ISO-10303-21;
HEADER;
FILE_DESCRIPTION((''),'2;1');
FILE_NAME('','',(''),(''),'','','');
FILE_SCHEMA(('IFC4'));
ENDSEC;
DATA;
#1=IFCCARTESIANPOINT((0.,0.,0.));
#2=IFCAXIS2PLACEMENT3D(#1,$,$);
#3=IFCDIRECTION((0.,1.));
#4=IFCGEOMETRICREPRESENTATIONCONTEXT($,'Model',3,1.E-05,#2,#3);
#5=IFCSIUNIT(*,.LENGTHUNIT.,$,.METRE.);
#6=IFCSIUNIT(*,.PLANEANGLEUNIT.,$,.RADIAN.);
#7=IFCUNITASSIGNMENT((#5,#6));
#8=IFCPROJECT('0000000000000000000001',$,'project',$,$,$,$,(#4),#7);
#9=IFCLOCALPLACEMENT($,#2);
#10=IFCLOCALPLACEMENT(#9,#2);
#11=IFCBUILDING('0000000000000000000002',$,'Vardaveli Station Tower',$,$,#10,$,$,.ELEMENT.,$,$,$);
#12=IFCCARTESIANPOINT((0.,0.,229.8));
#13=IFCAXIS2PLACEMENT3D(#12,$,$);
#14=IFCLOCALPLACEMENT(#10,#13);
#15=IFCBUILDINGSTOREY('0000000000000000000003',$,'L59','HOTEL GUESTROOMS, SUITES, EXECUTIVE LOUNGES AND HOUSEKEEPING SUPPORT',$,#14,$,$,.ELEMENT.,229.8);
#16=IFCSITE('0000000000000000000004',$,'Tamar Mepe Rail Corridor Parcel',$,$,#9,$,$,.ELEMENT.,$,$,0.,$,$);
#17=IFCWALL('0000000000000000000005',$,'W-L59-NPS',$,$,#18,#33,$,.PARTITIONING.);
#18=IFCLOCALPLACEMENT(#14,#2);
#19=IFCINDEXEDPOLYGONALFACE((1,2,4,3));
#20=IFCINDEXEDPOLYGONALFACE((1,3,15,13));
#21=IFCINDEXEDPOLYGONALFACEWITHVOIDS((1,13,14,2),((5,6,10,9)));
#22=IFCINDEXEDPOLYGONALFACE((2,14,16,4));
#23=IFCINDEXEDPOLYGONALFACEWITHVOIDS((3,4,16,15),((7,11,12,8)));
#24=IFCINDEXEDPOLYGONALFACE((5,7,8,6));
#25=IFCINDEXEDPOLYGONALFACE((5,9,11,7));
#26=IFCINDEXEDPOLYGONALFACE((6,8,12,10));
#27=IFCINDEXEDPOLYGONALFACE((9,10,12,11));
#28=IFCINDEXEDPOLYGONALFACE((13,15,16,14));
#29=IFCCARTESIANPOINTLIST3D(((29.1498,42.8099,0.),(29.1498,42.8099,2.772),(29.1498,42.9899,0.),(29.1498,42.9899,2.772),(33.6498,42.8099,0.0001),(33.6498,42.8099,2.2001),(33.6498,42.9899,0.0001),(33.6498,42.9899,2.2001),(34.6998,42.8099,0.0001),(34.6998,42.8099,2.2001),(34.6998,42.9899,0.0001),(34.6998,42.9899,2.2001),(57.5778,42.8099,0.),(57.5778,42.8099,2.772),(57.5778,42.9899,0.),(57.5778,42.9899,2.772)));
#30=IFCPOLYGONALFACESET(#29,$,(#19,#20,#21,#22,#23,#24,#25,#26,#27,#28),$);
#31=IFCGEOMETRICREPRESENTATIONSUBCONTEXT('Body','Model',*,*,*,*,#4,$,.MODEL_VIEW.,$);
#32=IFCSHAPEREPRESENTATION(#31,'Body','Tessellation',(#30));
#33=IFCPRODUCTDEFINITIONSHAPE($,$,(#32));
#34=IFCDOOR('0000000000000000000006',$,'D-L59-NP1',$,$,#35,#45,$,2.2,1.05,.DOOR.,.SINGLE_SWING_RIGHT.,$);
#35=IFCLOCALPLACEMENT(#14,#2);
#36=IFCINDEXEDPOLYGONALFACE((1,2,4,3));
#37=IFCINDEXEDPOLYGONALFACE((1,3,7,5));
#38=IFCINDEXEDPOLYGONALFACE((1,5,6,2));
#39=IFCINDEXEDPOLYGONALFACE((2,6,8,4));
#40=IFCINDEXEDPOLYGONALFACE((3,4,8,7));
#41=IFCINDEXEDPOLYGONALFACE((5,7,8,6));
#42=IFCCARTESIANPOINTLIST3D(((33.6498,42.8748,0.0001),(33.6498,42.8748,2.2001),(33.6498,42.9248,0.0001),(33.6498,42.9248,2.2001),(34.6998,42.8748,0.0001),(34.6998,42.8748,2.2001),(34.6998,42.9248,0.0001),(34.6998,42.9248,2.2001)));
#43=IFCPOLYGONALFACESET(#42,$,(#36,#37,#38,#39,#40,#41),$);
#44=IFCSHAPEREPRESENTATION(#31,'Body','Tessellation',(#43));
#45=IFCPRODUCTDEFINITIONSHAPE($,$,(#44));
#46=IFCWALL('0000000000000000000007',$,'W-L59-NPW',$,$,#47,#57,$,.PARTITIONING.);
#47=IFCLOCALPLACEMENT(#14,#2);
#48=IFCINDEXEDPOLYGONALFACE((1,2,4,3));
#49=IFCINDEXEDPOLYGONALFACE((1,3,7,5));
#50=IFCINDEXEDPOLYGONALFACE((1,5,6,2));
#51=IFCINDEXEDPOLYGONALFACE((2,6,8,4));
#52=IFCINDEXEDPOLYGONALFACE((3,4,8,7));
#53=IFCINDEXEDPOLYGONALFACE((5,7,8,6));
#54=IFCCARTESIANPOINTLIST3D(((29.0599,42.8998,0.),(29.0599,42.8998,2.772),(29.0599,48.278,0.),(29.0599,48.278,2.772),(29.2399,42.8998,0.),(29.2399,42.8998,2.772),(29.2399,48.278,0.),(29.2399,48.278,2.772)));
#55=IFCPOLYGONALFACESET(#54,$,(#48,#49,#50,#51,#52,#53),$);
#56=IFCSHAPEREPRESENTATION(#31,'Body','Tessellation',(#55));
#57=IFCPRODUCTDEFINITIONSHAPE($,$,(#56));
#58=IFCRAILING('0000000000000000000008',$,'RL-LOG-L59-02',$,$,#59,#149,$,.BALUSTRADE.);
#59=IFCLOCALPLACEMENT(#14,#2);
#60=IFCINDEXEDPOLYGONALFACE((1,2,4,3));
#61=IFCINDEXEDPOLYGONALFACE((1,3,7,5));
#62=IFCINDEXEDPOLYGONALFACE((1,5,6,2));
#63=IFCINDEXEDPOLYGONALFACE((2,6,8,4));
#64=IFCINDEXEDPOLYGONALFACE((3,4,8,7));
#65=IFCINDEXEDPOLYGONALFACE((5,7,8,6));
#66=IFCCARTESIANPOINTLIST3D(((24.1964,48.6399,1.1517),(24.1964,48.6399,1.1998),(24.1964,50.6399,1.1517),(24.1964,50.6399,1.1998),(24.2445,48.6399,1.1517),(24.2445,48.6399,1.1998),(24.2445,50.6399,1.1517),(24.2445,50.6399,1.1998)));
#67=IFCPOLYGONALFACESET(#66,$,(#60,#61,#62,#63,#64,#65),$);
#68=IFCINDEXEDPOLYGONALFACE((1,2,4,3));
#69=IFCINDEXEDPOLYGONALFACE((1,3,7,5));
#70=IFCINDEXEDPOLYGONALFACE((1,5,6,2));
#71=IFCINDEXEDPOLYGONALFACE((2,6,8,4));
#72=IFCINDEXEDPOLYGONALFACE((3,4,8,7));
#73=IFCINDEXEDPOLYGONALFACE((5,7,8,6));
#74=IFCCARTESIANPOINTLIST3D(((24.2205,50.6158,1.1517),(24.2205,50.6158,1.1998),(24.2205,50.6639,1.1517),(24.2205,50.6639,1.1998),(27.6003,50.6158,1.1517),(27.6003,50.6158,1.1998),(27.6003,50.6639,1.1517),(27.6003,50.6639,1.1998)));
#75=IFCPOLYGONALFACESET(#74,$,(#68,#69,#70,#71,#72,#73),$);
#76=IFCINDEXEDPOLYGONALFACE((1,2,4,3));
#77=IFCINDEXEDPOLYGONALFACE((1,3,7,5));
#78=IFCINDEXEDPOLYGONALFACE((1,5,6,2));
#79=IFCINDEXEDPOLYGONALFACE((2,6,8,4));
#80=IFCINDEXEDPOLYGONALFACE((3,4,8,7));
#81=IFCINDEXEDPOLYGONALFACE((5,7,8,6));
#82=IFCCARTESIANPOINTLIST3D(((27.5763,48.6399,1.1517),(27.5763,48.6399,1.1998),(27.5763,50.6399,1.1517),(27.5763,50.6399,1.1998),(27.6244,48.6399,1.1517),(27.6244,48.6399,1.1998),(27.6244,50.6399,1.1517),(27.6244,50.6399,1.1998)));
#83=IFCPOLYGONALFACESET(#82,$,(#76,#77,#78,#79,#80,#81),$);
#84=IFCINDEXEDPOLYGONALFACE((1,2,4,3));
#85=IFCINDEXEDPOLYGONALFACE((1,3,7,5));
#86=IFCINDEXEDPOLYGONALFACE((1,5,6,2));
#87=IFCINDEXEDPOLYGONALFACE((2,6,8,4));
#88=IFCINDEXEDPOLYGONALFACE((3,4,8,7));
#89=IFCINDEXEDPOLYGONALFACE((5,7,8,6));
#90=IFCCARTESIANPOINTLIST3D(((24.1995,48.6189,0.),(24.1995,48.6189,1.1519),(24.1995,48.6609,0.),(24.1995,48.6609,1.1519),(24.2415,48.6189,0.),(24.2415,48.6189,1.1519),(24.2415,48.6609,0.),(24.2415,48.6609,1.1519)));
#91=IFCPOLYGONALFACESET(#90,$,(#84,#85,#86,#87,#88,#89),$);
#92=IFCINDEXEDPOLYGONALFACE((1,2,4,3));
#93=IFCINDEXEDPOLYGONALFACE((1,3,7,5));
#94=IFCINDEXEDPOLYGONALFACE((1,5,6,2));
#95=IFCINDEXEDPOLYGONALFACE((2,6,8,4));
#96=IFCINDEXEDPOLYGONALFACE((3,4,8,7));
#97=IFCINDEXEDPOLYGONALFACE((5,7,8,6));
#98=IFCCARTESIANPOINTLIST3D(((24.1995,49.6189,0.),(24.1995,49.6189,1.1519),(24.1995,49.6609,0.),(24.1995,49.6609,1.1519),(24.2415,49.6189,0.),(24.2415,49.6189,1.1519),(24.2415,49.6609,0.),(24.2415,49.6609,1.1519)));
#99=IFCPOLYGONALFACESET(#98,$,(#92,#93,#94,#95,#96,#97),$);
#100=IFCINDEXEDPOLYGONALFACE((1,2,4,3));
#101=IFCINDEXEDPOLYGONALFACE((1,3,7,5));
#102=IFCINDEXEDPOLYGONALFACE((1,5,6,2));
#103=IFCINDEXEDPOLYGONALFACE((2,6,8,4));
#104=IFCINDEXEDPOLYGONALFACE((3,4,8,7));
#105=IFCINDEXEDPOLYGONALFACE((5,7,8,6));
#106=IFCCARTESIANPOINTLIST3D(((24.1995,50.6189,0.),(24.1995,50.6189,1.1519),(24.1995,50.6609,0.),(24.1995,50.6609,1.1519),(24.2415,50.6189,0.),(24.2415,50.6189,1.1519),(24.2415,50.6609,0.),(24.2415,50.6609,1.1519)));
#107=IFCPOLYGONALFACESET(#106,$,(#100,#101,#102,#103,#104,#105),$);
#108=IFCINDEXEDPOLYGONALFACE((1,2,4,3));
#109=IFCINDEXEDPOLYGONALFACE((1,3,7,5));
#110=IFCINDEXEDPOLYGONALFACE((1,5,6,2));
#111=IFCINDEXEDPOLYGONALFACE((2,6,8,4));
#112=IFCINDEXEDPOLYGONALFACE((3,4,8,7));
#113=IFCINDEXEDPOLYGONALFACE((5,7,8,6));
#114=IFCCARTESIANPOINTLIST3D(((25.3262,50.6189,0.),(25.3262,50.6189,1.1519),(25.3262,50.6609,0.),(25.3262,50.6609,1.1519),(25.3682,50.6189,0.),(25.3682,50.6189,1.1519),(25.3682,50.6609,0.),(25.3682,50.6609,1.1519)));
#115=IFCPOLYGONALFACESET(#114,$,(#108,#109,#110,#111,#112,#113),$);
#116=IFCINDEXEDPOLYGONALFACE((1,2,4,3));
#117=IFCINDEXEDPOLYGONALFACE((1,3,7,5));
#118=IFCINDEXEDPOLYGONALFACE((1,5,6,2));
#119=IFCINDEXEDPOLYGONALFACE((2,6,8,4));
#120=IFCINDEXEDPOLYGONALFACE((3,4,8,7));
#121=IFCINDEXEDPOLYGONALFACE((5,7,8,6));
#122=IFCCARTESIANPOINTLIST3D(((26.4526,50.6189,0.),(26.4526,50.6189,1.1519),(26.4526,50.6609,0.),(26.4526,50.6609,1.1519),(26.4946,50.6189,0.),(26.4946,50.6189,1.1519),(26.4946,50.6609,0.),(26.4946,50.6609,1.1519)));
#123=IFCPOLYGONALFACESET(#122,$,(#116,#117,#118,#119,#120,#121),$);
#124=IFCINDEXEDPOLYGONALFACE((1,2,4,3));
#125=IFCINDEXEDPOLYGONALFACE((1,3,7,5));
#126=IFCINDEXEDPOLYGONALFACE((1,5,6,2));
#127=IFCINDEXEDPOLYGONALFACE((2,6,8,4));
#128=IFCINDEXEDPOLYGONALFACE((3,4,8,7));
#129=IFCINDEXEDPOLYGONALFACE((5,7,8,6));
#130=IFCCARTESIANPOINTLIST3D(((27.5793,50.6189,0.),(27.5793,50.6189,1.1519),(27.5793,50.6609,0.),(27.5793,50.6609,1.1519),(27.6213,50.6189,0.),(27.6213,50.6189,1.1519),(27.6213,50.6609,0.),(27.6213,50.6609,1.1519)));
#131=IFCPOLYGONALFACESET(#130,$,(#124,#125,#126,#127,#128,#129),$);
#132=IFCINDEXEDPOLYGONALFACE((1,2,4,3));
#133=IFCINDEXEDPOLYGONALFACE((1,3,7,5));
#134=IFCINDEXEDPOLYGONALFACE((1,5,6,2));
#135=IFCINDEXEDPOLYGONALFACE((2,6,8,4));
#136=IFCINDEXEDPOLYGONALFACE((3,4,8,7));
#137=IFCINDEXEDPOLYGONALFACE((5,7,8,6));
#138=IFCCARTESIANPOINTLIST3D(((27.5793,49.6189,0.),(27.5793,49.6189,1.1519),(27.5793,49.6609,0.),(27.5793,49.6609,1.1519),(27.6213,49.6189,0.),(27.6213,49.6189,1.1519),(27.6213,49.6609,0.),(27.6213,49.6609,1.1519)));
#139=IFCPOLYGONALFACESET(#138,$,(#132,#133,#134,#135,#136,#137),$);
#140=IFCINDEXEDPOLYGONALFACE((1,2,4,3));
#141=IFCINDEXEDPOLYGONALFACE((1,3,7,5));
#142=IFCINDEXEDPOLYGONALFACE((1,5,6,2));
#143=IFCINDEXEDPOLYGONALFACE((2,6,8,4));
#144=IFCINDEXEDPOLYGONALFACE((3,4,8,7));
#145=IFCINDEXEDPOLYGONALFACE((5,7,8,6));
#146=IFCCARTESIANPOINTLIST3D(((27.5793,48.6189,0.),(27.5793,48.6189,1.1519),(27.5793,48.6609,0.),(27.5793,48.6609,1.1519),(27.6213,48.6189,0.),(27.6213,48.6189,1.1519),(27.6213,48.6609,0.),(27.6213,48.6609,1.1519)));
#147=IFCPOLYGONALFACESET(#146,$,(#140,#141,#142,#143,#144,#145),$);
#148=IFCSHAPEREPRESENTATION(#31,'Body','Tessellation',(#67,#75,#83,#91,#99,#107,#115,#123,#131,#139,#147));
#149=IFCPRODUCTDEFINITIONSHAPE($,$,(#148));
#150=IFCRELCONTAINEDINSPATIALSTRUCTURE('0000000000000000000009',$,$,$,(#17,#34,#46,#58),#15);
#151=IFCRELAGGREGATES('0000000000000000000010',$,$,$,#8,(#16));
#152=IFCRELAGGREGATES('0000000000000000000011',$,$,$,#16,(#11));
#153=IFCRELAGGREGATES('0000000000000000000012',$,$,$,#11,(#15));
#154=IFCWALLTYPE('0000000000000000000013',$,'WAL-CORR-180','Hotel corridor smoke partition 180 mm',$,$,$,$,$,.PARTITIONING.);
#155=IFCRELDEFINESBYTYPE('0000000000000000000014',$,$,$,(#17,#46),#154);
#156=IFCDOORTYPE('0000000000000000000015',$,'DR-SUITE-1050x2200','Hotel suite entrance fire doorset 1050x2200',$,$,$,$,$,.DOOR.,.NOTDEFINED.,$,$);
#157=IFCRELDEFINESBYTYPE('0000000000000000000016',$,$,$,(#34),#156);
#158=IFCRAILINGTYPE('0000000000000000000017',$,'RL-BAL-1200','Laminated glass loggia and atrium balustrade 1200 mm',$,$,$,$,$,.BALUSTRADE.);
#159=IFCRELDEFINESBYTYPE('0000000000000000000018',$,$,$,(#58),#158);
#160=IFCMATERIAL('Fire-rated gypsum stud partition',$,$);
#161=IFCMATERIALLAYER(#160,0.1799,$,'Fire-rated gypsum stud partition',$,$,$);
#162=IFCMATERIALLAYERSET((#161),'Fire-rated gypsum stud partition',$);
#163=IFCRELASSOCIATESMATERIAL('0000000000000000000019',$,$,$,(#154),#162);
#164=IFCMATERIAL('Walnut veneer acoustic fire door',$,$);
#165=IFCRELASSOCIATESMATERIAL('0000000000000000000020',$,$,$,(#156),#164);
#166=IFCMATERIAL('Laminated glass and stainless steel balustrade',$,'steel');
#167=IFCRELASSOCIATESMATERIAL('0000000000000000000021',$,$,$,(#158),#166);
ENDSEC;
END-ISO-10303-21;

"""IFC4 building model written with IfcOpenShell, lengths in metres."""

from ifc_helpers import new_model, si_unit, direction, frame, frame_2d, origin, origin_2d, place, context, subcontext, project, spatial, rectangle, extrude, source, transform, mapped, material, layer, layer_set, type_object, element, fill, save


model = new_model("IFC4")

# Units and contexts
model_context = context("Model", 3, precision=1e-05, world=origin(), true_north=direction((0.0, 1.0)))
body_context = subcontext(model_context, "Body", "Model", "MODEL_VIEW")
ifc_project = project(units=[si_unit("LENGTHUNIT", "METRE"), si_unit("PLANEANGLEUNIT", "RADIAN")], contexts=[model_context])

# Site, building, storey
site_placement = place(None, origin())
site = spatial("IfcSite", under=ifc_project, at=site_placement, Name="Tamar Mepe Rail Corridor Parcel", CompositionType="ELEMENT", RefElevation=0.0)
building_placement = place(site_placement, origin())
building = spatial("IfcBuilding", under=site, at=building_placement, Name="Vardaveli Station Tower", CompositionType="ELEMENT")
storey_placement = place(building_placement, frame((0.0, 0.0, 229.8)))
storey = spatial("IfcBuildingStorey", under=building, at=storey_placement, Name="L59", Description="HOTEL GUESTROOMS, SUITES, EXECUTIVE LOUNGES AND HOUSEKEEPING SUPPORT", CompositionType="ELEMENT", Elevation=229.8)

# Wall, opening, door
ifc_material_1 = material(Name="Fire-rated gypsum stud partition")
ifc_layer_1 = layer(ifc_material_1, 0.1799, Name="Fire-rated gypsum stud partition")
ifc_layer_set_1 = layer_set([ifc_layer_1], Name="Fire-rated gypsum stud partition")
wall_type_1 = type_object("IfcWallType", Name="WAL-CORR-180", Description="Hotel corridor smoke partition 180 mm", PredefinedType="PARTITIONING", material=ifc_layer_set_1)
shared_shape_1 = source(origin(), body_context, "Body", "SweptSolid", [
    extrude(rectangle(XDim=28.428, YDim=0.1799, at=frame_2d((14.2139, 0.0))), origin(), (0.0, 0.0, 1.0), 2.772),
])
wall_1_placement = place(storey_placement, frame((29.1499, 42.8999, 0.0), z_axis=(0.0, 0.0, 1.0), x_axis=(1.0, 0.0, 0.0)))
wall_1 = element("IfcWall", 1, at=wall_1_placement, inside=storey, type_object=wall_type_1, Name="W-L59-NPS", PredefinedType="PARTITIONING", context=body_context, shape_type="MappedRepresentation", body=[
    mapped(shared_shape_1, transform((0.0, 0.0, 0.0), scale=1.0)),
])
shared_shape_2 = source(origin(), body_context, "Body", "SweptSolid", [
    extrude(rectangle(XDim=1.05, YDim=2.2, at=frame_2d((0.5249, 1.1001))), frame((0.0, 0.1001, 0.0), z_axis=(0.0, -1.0, 0.0), x_axis=(1.0, 0.0, 0.0)), (0.0, 0.0, 1.0), 0.2),
])
opening_1_placement = place(wall_1_placement, frame((4.5, 0.0, 0.0)))
opening_1 = element("IfcOpeningElement", 2, at=opening_1_placement, cuts=wall_1, PredefinedType="OPENING", context=body_context, shape_type="MappedRepresentation", body=[
    mapped(shared_shape_2, transform((0.0, 0.0, 0.0), scale=1.0)),
])
ifc_material_2 = material(Name="Walnut veneer acoustic fire door")
door_type = type_object("IfcDoorType", Name="DR-SUITE-1050x2200", Description="Hotel suite entrance fire doorset 1050x2200", OperationType="NOTDEFINED", PredefinedType="DOOR", material=ifc_material_2)
shared_shape_3 = source(origin(), body_context, "Body", "SweptSolid", [
    extrude(rectangle(XDim=1.05, YDim=2.2, at=frame_2d((0.5249, 1.1001))), frame((0.0, 0.0249, 0.0), z_axis=(0.0, -1.0, 0.0), x_axis=(1.0, 0.0, 0.0)), (0.0, 0.0, 1.0), 0.05),
])
door_placement = place(opening_1_placement, origin())
door = element("IfcDoor", 3, at=door_placement, inside=storey, type_object=door_type, Name="D-L59-NP1", OperationType="SINGLE_SWING_RIGHT", OverallHeight=2.2, OverallWidth=1.05, PredefinedType="DOOR", context=body_context, shape_type="MappedRepresentation", body=[
    mapped(shared_shape_3, transform((0.0, 0.0, 0.0), scale=1.0)),
])
fill(opening_1, door)

# Wall
shared_shape_4 = source(origin(), body_context, "Body", "SweptSolid", [
    extrude(rectangle(XDim=5.3782, YDim=0.1799, at=frame_2d((2.689, 0.0))), origin(), (0.0, 0.0, 1.0), 2.772),
])
wall_2_placement = place(storey_placement, frame((29.1499, 42.8999, 0.0), z_axis=(0.0, 0.0, 1.0), x_axis=(0.0, 1.0, 0.0)))
element("IfcWall", 4, at=wall_2_placement, inside=storey, type_object=wall_type_1, Name="W-L59-NPW", PredefinedType="PARTITIONING", context=body_context, shape_type="MappedRepresentation", body=[
    mapped(shared_shape_4, transform((0.0, 0.0, 0.0), scale=1.0)),
])

# Railing
ifc_material_3 = material(Name="Laminated glass and stainless steel balustrade", Category="steel")
railing_type = type_object("IfcRailingType", Name="RL-BAL-1200", Description="Laminated glass loggia and atrium balustrade 1200 mm", PredefinedType="BALUSTRADE", material=ifc_material_3)
shared_shape_5 = source(origin(), body_context, "Body", "SweptSolid", [
    extrude(rectangle(XDim=0.0481, YDim=0.0481, at=origin_2d()), frame((0.0, 0.0, 1.1758), z_axis=(0.0, 1.0, 0.0), x_axis=(-1.0, 0.0, 0.0)), (0.0, 0.0, 1.0), 2.0),
    extrude(rectangle(XDim=0.0481, YDim=0.0481, at=origin_2d()), frame((0.0, 2.0, 1.1758), z_axis=(1.0, 0.0, 0.0), x_axis=(0.0, 1.0, 0.0)), (0.0, 0.0, 1.0), 3.3799),
    extrude(rectangle(XDim=0.0481, YDim=0.0481, at=origin_2d()), frame((3.3799, 2.0, 1.1758), z_axis=(0.0, -1.0, 0.0), x_axis=(1.0, 0.0, 0.0)), (0.0, 0.0, 1.0), 2.0),
    extrude(rectangle(XDim=0.042, YDim=0.042, at=origin_2d()), origin(), (0.0, 0.0, 1.0), 1.1519),
    extrude(rectangle(XDim=0.042, YDim=0.042, at=origin_2d()), frame((0.0, 1.0, 0.0)), (0.0, 0.0, 1.0), 1.1519),
    extrude(rectangle(XDim=0.042, YDim=0.042, at=origin_2d()), frame((0.0, 2.0, 0.0)), (0.0, 0.0, 1.0), 1.1519),
    extrude(rectangle(XDim=0.042, YDim=0.042, at=origin_2d()), frame((1.1267, 2.0, 0.0)), (0.0, 0.0, 1.0), 1.1519),
    extrude(rectangle(XDim=0.042, YDim=0.042, at=origin_2d()), frame((2.2532, 2.0, 0.0)), (0.0, 0.0, 1.0), 1.1519),
    extrude(rectangle(XDim=0.042, YDim=0.042, at=origin_2d()), frame((3.3799, 2.0, 0.0)), (0.0, 0.0, 1.0), 1.1519),
    extrude(rectangle(XDim=0.042, YDim=0.042, at=origin_2d()), frame((3.3799, 1.0, 0.0)), (0.0, 0.0, 1.0), 1.1519),
    extrude(rectangle(XDim=0.042, YDim=0.042, at=origin_2d()), frame((3.3799, 0.0, 0.0)), (0.0, 0.0, 1.0), 1.1519),
])
railing_placement = place(storey_placement, frame((24.2205, 48.6399, 0.0)))
element("IfcRailing", 5, at=railing_placement, inside=storey, type_object=railing_type, Name="RL-LOG-L59-02", PredefinedType="BALUSTRADE", context=body_context, shape_type="MappedRepresentation", body=[
    mapped(shared_shape_5, transform((0.0, 0.0, 0.0), scale=1.0)),
])

save(model, "model.ifc")
